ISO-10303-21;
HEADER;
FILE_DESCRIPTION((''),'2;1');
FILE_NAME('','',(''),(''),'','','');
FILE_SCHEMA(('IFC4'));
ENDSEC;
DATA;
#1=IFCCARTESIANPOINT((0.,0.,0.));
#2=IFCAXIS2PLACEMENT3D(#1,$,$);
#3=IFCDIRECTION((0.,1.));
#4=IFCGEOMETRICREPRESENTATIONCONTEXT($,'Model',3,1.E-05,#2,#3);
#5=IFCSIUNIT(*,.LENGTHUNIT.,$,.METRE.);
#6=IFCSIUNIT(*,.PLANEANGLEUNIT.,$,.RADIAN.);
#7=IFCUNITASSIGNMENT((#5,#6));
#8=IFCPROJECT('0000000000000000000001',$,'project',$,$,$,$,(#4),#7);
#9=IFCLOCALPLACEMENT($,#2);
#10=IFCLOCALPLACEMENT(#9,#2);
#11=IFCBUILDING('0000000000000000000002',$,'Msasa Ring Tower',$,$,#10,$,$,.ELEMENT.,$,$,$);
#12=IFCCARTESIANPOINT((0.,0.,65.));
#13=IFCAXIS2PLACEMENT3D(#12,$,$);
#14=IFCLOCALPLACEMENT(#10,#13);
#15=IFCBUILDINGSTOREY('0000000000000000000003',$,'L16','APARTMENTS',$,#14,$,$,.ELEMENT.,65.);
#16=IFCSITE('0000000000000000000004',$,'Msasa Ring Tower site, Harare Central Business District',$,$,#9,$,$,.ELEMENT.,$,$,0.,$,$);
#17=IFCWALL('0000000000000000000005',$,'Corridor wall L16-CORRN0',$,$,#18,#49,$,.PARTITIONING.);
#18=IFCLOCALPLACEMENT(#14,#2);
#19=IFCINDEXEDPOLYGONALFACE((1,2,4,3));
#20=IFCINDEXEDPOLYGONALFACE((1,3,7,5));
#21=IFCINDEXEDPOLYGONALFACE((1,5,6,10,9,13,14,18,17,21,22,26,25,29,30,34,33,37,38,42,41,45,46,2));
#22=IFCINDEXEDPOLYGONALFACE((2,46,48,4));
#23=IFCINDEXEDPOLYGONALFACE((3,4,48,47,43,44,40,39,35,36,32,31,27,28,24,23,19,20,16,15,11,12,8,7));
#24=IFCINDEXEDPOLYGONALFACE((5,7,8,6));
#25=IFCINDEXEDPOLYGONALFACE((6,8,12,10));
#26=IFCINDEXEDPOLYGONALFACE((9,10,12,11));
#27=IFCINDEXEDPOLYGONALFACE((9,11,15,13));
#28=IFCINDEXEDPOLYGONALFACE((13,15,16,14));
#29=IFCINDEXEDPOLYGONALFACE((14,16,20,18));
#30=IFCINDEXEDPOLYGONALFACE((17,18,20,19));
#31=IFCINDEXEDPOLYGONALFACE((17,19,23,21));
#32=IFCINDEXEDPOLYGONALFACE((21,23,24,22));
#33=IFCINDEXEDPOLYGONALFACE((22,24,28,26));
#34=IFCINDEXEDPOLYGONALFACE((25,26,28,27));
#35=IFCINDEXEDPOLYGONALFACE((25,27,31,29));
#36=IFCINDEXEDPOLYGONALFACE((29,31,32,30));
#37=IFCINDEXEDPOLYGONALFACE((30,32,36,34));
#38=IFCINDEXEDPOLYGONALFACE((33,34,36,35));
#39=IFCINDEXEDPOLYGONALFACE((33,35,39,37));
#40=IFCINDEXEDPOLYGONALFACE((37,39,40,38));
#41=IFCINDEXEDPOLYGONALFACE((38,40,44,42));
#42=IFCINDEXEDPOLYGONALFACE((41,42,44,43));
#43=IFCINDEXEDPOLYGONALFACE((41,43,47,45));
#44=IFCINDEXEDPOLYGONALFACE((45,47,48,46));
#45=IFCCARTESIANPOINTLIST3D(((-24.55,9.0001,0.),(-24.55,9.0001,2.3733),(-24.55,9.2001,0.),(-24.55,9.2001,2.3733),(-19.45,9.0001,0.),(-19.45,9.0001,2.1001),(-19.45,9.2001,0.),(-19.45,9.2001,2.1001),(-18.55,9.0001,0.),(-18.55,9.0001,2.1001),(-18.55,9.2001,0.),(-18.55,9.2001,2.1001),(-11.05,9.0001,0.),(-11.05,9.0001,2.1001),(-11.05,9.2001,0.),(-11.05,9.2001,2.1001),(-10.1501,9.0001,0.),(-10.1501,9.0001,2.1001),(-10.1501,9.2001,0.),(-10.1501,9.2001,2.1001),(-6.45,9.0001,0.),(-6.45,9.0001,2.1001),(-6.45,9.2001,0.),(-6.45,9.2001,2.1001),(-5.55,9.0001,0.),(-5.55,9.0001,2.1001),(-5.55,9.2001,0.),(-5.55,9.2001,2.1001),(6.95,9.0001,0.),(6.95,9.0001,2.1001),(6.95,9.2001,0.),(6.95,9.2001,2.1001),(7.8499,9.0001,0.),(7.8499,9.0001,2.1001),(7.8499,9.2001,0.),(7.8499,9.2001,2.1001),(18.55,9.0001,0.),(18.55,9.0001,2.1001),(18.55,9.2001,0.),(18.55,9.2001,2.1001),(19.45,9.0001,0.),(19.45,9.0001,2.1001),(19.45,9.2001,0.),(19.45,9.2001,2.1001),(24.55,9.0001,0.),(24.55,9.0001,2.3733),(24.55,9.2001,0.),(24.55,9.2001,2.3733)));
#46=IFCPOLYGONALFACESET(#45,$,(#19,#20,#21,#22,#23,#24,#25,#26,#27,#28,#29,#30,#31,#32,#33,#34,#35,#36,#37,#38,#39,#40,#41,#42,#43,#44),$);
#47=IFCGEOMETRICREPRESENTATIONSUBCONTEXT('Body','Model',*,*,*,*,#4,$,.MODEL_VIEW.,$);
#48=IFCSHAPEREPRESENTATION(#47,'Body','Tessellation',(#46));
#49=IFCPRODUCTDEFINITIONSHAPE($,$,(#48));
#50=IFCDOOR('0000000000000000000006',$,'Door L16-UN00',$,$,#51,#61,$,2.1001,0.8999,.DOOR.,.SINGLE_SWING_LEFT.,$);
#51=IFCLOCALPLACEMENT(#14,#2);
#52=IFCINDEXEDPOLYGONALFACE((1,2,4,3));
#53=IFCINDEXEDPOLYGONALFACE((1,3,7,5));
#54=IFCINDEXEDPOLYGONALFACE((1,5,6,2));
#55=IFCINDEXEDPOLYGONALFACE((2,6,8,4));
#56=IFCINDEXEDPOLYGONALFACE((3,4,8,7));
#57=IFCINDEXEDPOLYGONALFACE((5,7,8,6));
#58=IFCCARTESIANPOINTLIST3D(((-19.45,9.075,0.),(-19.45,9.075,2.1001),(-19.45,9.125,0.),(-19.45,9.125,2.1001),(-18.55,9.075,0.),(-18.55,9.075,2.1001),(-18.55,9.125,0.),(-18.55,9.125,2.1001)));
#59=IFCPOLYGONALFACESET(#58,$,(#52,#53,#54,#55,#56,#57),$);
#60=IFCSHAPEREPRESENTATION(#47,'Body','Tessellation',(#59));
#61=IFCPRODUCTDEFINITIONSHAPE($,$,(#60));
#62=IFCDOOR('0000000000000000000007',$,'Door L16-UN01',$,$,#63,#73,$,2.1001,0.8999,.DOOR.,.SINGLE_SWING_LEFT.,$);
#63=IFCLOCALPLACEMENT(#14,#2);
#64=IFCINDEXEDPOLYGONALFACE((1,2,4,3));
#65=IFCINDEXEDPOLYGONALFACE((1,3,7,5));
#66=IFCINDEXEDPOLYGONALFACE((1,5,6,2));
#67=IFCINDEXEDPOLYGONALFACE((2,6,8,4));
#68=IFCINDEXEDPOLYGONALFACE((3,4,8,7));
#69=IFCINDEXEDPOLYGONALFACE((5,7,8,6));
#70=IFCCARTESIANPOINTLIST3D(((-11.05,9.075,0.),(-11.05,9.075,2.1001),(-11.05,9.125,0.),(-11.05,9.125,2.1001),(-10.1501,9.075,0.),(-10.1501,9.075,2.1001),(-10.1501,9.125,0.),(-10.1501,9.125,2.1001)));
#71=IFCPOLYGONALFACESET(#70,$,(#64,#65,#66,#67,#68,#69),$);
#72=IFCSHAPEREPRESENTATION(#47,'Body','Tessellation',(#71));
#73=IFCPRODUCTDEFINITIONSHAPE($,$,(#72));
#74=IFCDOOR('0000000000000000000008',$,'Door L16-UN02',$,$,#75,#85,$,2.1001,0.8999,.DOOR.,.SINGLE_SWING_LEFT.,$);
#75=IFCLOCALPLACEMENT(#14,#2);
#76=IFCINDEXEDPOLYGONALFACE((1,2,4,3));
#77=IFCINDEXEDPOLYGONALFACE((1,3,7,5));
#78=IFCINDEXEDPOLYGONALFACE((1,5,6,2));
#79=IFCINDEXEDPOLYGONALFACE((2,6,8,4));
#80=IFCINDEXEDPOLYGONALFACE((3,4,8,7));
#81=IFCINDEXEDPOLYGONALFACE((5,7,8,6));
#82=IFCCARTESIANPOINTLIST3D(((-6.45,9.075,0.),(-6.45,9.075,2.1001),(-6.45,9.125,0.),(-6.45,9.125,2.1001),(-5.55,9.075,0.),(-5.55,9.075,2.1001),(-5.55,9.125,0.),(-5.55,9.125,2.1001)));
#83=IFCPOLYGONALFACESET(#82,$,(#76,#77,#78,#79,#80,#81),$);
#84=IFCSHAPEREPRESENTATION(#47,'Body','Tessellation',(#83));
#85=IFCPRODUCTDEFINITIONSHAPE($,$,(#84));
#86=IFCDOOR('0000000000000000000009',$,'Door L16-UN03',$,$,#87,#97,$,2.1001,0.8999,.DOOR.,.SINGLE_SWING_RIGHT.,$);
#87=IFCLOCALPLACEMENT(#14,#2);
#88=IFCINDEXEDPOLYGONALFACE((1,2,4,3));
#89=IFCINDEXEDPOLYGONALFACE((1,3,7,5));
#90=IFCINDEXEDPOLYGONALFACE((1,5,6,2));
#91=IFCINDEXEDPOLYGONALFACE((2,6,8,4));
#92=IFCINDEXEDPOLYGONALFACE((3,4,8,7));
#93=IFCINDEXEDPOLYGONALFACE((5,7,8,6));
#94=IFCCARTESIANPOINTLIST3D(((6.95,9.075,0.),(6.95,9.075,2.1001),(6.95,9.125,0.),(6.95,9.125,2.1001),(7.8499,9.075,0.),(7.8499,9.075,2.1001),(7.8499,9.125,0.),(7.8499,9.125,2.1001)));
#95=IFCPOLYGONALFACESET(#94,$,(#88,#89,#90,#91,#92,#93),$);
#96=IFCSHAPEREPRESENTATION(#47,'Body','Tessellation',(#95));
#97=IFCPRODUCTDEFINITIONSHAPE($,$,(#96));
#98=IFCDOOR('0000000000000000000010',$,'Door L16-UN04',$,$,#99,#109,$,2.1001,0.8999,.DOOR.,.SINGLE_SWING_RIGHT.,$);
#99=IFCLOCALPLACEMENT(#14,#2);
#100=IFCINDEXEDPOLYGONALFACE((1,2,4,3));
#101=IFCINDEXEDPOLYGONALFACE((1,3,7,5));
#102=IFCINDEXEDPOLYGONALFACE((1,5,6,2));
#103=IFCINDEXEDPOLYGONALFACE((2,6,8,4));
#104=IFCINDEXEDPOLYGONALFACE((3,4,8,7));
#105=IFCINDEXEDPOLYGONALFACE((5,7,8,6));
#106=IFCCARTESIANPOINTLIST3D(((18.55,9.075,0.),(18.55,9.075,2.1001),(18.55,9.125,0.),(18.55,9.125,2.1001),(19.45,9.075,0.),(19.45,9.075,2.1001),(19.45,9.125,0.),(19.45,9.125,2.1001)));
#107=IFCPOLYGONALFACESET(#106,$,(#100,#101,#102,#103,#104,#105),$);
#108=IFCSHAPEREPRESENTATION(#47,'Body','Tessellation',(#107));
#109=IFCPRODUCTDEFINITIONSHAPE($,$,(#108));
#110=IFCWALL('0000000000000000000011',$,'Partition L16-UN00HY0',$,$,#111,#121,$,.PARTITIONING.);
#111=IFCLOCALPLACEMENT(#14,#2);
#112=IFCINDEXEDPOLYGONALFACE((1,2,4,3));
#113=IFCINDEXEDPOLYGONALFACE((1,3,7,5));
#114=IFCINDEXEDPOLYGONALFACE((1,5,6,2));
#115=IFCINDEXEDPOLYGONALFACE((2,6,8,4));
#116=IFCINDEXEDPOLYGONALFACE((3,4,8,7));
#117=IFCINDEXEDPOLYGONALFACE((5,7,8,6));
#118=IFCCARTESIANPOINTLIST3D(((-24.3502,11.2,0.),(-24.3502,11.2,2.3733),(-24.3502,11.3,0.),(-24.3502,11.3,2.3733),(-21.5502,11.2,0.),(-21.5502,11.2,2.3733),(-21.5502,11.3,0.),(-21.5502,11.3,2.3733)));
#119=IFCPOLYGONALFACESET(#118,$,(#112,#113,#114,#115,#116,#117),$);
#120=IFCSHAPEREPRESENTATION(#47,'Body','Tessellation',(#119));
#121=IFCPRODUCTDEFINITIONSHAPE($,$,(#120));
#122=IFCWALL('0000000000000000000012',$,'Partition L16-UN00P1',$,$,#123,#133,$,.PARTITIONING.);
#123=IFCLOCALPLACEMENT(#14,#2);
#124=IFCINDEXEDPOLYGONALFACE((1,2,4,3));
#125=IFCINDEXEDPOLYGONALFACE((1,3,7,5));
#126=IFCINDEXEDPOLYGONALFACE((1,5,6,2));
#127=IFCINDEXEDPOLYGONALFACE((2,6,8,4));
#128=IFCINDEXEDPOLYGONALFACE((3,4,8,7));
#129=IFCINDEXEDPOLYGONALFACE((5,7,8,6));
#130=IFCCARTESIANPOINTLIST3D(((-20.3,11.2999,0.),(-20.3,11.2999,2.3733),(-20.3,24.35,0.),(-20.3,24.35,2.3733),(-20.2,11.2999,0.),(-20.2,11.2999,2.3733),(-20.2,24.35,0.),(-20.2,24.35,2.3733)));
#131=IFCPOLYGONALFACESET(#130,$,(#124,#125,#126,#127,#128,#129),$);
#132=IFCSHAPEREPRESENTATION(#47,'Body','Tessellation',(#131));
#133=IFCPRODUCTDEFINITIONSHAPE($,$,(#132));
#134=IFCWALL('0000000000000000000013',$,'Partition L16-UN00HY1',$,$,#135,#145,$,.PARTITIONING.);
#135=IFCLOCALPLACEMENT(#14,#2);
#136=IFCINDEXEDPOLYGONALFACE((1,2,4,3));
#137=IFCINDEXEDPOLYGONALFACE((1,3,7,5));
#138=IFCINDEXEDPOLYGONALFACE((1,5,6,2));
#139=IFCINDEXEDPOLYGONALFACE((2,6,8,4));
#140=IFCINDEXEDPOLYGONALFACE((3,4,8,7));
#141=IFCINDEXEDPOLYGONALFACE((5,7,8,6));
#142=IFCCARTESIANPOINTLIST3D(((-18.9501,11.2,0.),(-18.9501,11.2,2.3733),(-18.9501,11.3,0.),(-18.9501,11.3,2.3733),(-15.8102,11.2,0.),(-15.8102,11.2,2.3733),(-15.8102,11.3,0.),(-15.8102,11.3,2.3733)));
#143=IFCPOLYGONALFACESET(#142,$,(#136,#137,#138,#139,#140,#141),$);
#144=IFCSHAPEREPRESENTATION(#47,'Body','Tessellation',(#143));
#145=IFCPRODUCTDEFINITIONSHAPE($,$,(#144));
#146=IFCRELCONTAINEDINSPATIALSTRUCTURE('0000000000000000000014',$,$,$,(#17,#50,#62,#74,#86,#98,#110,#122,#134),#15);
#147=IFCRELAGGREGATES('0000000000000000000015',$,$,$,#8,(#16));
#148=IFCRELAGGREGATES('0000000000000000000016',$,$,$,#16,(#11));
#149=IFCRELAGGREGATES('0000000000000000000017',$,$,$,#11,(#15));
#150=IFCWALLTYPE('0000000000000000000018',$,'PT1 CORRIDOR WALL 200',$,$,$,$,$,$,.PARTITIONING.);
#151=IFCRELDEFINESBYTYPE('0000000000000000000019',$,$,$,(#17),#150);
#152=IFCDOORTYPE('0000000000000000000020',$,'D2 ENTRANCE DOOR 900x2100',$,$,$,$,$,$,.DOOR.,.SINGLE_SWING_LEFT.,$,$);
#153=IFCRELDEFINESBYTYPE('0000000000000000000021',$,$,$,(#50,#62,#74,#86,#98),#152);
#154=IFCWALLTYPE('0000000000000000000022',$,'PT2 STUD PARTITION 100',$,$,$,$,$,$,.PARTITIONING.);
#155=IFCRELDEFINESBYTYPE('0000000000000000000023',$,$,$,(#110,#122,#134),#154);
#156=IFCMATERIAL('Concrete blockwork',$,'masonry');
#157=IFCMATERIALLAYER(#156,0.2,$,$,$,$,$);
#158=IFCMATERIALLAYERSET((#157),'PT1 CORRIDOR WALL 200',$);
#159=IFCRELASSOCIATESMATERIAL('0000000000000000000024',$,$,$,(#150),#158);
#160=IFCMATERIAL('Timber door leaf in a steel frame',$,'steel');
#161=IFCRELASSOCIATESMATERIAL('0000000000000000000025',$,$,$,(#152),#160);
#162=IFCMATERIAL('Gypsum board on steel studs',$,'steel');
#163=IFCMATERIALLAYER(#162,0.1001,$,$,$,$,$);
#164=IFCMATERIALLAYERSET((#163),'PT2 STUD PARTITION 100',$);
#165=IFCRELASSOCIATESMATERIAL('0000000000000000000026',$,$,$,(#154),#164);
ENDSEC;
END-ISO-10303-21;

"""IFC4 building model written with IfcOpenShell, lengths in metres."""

from ifc_helpers import new_model, si_unit, direction, frame, frame_2d, origin, place, context, subcontext, project, spatial, rectangle, extrude, material, layer, layer_set, type_object, element, fill, save


model = new_model("IFC4")

# Units and contexts
model_context = context("Model", 3, precision=1e-05, world=origin(), true_north=direction((0.0, 1.0)))
body_context = subcontext(model_context, "Body", "Model", "MODEL_VIEW")
ifc_project = project(units=[si_unit("LENGTHUNIT", "METRE"), si_unit("PLANEANGLEUNIT", "RADIAN")], contexts=[model_context])

# Site, building, storey
site_placement = place(None, origin())
site = spatial("IfcSite", under=ifc_project, at=site_placement, Name="Msasa Ring Tower site, Harare Central Business District", CompositionType="ELEMENT", RefElevation=0.0)
building_placement = place(site_placement, origin())
building = spatial("IfcBuilding", under=site, at=building_placement, Name="Msasa Ring Tower", CompositionType="ELEMENT")
storey_placement = place(building_placement, frame((0.0, 0.0, 65.0)))
storey = spatial("IfcBuildingStorey", under=building, at=storey_placement, Name="L16", Description="APARTMENTS", CompositionType="ELEMENT", Elevation=65.0)

# Wall, openings, doors
ifc_material_1 = material(Name="Concrete blockwork", Category="masonry")
ifc_layer_1 = layer(ifc_material_1, 0.2)
ifc_layer_set_1 = layer_set([ifc_layer_1], Name="PT1 CORRIDOR WALL 200")
wall_type_1 = type_object("IfcWallType", Name="PT1 CORRIDOR WALL 200", PredefinedType="PARTITIONING", material=ifc_layer_set_1)
wall_1_placement = place(storey_placement, frame((-24.55, 9.1001, 0.0), z_axis=(0.0, 0.0, 1.0), x_axis=(1.0, 0.0, 0.0)))
wall_1 = element("IfcWall", 1, at=wall_1_placement, inside=storey, type_object=wall_type_1, Name="Corridor wall L16-CORRN0", PredefinedType="PARTITIONING", context=body_context, shape_type="SweptSolid", body=[
    extrude(rectangle(XDim=49.1001, YDim=0.2, at=frame_2d((24.55, 0.0))), origin(), (0.0, 0.0, 1.0), 2.3733),
])
opening_1_placement = place(wall_1_placement, frame((5.1001, 0.0, 0.0)))
opening_1 = element("IfcOpeningElement", 2, at=opening_1_placement, cuts=wall_1, PredefinedType="OPENING", context=body_context, shape_type="SweptSolid", body=[
    extrude(rectangle(XDim=0.8999, YDim=2.1001, at=frame_2d((0.45, 1.05))), frame((0.0, 0.1099, 0.0), z_axis=(0.0, -1.0, 0.0), x_axis=(1.0, 0.0, 0.0)), (0.0, 0.0, 1.0), 0.22),
])
opening_2_placement = place(wall_1_placement, frame((13.5, 0.0, 0.0)))
opening_2 = element("IfcOpeningElement", 3, at=opening_2_placement, cuts=wall_1, PredefinedType="OPENING", context=body_context, shape_type="SweptSolid", body=[
    extrude(rectangle(XDim=0.8999, YDim=2.1001, at=frame_2d((0.45, 1.05))), frame((0.0, 0.1099, 0.0), z_axis=(0.0, -1.0, 0.0), x_axis=(1.0, 0.0, 0.0)), (0.0, 0.0, 1.0), 0.22),
])
opening_3_placement = place(wall_1_placement, frame((18.1001, 0.0, 0.0)))
opening_3 = element("IfcOpeningElement", 4, at=opening_3_placement, cuts=wall_1, PredefinedType="OPENING", context=body_context, shape_type="SweptSolid", body=[
    extrude(rectangle(XDim=0.8999, YDim=2.1001, at=frame_2d((0.45, 1.05))), frame((0.0, 0.1099, 0.0), z_axis=(0.0, -1.0, 0.0), x_axis=(1.0, 0.0, 0.0)), (0.0, 0.0, 1.0), 0.22),
])
opening_4_placement = place(wall_1_placement, frame((31.5, 0.0, 0.0)))
opening_4 = element("IfcOpeningElement", 5, at=opening_4_placement, cuts=wall_1, PredefinedType="OPENING", context=body_context, shape_type="SweptSolid", body=[
    extrude(rectangle(XDim=0.8999, YDim=2.1001, at=frame_2d((0.45, 1.05))), frame((0.0, 0.1099, 0.0), z_axis=(0.0, -1.0, 0.0), x_axis=(1.0, 0.0, 0.0)), (0.0, 0.0, 1.0), 0.22),
])
opening_5_placement = place(wall_1_placement, frame((43.1001, 0.0, 0.0)))
opening_5 = element("IfcOpeningElement", 6, at=opening_5_placement, cuts=wall_1, PredefinedType="OPENING", context=body_context, shape_type="SweptSolid", body=[
    extrude(rectangle(XDim=0.8999, YDim=2.1001, at=frame_2d((0.45, 1.05))), frame((0.0, 0.1099, 0.0), z_axis=(0.0, -1.0, 0.0), x_axis=(1.0, 0.0, 0.0)), (0.0, 0.0, 1.0), 0.22),
])
ifc_material_2 = material(Name="Timber door leaf in a steel frame", Category="steel")
door_type_1 = type_object("IfcDoorType", Name="D2 ENTRANCE DOOR 900x2100", OperationType="SINGLE_SWING_LEFT", PredefinedType="DOOR", material=ifc_material_2)
door_1_placement = place(opening_1_placement, origin())
door_1 = element("IfcDoor", 7, at=door_1_placement, inside=storey, type_object=door_type_1, Name="Door L16-UN00", OperationType="SINGLE_SWING_LEFT", OverallHeight=2.1001, OverallWidth=0.8999, PredefinedType="DOOR", context=body_context, shape_type="SweptSolid", body=[
    extrude(rectangle(XDim=0.8999, YDim=2.1001, at=frame_2d((0.45, 1.05))), frame((0.0, 0.0249, 0.0), z_axis=(0.0, -1.0, 0.0), x_axis=(1.0, 0.0, 0.0)), (0.0, 0.0, 1.0), 0.05),
])
fill(opening_1, door_1)
door_2_placement = place(opening_2_placement, origin())
door_2 = element("IfcDoor", 8, at=door_2_placement, inside=storey, type_object=door_type_1, Name="Door L16-UN01", OperationType="SINGLE_SWING_LEFT", OverallHeight=2.1001, OverallWidth=0.8999, PredefinedType="DOOR", context=body_context, shape_type="SweptSolid", body=[
    extrude(rectangle(XDim=0.8999, YDim=2.1001, at=frame_2d((0.45, 1.05))), frame((0.0, 0.0249, 0.0), z_axis=(0.0, -1.0, 0.0), x_axis=(1.0, 0.0, 0.0)), (0.0, 0.0, 1.0), 0.05),
])
fill(opening_2, door_2)
door_3_placement = place(opening_3_placement, origin())
door_3 = element("IfcDoor", 9, at=door_3_placement, inside=storey, type_object=door_type_1, Name="Door L16-UN02", OperationType="SINGLE_SWING_LEFT", OverallHeight=2.1001, OverallWidth=0.8999, PredefinedType="DOOR", context=body_context, shape_type="SweptSolid", body=[
    extrude(rectangle(XDim=0.8999, YDim=2.1001, at=frame_2d((0.45, 1.05))), frame((0.0, 0.0249, 0.0), z_axis=(0.0, -1.0, 0.0), x_axis=(1.0, 0.0, 0.0)), (0.0, 0.0, 1.0), 0.05),
])
fill(opening_3, door_3)
door_4_placement = place(opening_4_placement, origin())
door_4 = element("IfcDoor", 10, at=door_4_placement, inside=storey, type_object=door_type_1, Name="Door L16-UN03", OperationType="SINGLE_SWING_RIGHT", OverallHeight=2.1001, OverallWidth=0.8999, PredefinedType="DOOR", context=body_context, shape_type="SweptSolid", body=[
    extrude(rectangle(XDim=0.8999, YDim=2.1001, at=frame_2d((0.45, 1.05))), frame((0.0, 0.0249, 0.0), z_axis=(0.0, -1.0, 0.0), x_axis=(1.0, 0.0, 0.0)), (0.0, 0.0, 1.0), 0.05),
])
fill(opening_4, door_4)
door_5_placement = place(opening_5_placement, origin())
door_5 = element("IfcDoor", 11, at=door_5_placement, inside=storey, type_object=door_type_1, Name="Door L16-UN04", OperationType="SINGLE_SWING_RIGHT", OverallHeight=2.1001, OverallWidth=0.8999, PredefinedType="DOOR", context=body_context, shape_type="SweptSolid", body=[
    extrude(rectangle(XDim=0.8999, YDim=2.1001, at=frame_2d((0.45, 1.05))), frame((0.0, 0.0249, 0.0), z_axis=(0.0, -1.0, 0.0), x_axis=(1.0, 0.0, 0.0)), (0.0, 0.0, 1.0), 0.05),
])
fill(opening_5, door_5)

# Walls
ifc_material_3 = material(Name="Gypsum board on steel studs", Category="steel")
ifc_layer_2 = layer(ifc_material_3, 0.1001)
ifc_layer_set_2 = layer_set([ifc_layer_2], Name="PT2 STUD PARTITION 100")
wall_type_2 = type_object("IfcWallType", Name="PT2 STUD PARTITION 100", PredefinedType="PARTITIONING", material=ifc_layer_set_2)
wall_2_placement = place(storey_placement, frame((-24.3501, 11.25, 0.0), z_axis=(0.0, 0.0, 1.0), x_axis=(1.0, 0.0, 0.0)))
element("IfcWall", 12, at=wall_2_placement, inside=storey, type_object=wall_type_2, Name="Partition L16-UN00HY0", PredefinedType="PARTITIONING", context=body_context, shape_type="SweptSolid", body=[
    extrude(rectangle(XDim=2.8, YDim=0.1001, at=frame_2d((1.3999, 0.0))), origin(), (0.0, 0.0, 1.0), 2.3733),
])
wall_3_placement = place(storey_placement, frame((-20.25, 11.3, 0.0), z_axis=(0.0, 0.0, 1.0), x_axis=(0.0, 1.0, 0.0)))
element("IfcWall", 13, at=wall_3_placement, inside=storey, type_object=wall_type_2, Name="Partition L16-UN00P1", PredefinedType="PARTITIONING", context=body_context, shape_type="SweptSolid", body=[
    extrude(rectangle(XDim=13.05, YDim=0.1001, at=frame_2d((6.5249, 0.0))), origin(), (0.0, 0.0, 1.0), 2.3733),
])
wall_4_placement = place(storey_placement, frame((-18.95, 11.25, 0.0), z_axis=(0.0, 0.0, 1.0), x_axis=(1.0, 0.0, 0.0)))
element("IfcWall", 14, at=wall_4_placement, inside=storey, type_object=wall_type_2, Name="Partition L16-UN00HY1", PredefinedType="PARTITIONING", context=body_context, shape_type="SweptSolid", body=[
    extrude(rectangle(XDim=3.1399, YDim=0.1001, at=frame_2d((1.5698, 0.0))), origin(), (0.0, 0.0, 1.0), 2.3733),
])

save(model, "model.ifc")
